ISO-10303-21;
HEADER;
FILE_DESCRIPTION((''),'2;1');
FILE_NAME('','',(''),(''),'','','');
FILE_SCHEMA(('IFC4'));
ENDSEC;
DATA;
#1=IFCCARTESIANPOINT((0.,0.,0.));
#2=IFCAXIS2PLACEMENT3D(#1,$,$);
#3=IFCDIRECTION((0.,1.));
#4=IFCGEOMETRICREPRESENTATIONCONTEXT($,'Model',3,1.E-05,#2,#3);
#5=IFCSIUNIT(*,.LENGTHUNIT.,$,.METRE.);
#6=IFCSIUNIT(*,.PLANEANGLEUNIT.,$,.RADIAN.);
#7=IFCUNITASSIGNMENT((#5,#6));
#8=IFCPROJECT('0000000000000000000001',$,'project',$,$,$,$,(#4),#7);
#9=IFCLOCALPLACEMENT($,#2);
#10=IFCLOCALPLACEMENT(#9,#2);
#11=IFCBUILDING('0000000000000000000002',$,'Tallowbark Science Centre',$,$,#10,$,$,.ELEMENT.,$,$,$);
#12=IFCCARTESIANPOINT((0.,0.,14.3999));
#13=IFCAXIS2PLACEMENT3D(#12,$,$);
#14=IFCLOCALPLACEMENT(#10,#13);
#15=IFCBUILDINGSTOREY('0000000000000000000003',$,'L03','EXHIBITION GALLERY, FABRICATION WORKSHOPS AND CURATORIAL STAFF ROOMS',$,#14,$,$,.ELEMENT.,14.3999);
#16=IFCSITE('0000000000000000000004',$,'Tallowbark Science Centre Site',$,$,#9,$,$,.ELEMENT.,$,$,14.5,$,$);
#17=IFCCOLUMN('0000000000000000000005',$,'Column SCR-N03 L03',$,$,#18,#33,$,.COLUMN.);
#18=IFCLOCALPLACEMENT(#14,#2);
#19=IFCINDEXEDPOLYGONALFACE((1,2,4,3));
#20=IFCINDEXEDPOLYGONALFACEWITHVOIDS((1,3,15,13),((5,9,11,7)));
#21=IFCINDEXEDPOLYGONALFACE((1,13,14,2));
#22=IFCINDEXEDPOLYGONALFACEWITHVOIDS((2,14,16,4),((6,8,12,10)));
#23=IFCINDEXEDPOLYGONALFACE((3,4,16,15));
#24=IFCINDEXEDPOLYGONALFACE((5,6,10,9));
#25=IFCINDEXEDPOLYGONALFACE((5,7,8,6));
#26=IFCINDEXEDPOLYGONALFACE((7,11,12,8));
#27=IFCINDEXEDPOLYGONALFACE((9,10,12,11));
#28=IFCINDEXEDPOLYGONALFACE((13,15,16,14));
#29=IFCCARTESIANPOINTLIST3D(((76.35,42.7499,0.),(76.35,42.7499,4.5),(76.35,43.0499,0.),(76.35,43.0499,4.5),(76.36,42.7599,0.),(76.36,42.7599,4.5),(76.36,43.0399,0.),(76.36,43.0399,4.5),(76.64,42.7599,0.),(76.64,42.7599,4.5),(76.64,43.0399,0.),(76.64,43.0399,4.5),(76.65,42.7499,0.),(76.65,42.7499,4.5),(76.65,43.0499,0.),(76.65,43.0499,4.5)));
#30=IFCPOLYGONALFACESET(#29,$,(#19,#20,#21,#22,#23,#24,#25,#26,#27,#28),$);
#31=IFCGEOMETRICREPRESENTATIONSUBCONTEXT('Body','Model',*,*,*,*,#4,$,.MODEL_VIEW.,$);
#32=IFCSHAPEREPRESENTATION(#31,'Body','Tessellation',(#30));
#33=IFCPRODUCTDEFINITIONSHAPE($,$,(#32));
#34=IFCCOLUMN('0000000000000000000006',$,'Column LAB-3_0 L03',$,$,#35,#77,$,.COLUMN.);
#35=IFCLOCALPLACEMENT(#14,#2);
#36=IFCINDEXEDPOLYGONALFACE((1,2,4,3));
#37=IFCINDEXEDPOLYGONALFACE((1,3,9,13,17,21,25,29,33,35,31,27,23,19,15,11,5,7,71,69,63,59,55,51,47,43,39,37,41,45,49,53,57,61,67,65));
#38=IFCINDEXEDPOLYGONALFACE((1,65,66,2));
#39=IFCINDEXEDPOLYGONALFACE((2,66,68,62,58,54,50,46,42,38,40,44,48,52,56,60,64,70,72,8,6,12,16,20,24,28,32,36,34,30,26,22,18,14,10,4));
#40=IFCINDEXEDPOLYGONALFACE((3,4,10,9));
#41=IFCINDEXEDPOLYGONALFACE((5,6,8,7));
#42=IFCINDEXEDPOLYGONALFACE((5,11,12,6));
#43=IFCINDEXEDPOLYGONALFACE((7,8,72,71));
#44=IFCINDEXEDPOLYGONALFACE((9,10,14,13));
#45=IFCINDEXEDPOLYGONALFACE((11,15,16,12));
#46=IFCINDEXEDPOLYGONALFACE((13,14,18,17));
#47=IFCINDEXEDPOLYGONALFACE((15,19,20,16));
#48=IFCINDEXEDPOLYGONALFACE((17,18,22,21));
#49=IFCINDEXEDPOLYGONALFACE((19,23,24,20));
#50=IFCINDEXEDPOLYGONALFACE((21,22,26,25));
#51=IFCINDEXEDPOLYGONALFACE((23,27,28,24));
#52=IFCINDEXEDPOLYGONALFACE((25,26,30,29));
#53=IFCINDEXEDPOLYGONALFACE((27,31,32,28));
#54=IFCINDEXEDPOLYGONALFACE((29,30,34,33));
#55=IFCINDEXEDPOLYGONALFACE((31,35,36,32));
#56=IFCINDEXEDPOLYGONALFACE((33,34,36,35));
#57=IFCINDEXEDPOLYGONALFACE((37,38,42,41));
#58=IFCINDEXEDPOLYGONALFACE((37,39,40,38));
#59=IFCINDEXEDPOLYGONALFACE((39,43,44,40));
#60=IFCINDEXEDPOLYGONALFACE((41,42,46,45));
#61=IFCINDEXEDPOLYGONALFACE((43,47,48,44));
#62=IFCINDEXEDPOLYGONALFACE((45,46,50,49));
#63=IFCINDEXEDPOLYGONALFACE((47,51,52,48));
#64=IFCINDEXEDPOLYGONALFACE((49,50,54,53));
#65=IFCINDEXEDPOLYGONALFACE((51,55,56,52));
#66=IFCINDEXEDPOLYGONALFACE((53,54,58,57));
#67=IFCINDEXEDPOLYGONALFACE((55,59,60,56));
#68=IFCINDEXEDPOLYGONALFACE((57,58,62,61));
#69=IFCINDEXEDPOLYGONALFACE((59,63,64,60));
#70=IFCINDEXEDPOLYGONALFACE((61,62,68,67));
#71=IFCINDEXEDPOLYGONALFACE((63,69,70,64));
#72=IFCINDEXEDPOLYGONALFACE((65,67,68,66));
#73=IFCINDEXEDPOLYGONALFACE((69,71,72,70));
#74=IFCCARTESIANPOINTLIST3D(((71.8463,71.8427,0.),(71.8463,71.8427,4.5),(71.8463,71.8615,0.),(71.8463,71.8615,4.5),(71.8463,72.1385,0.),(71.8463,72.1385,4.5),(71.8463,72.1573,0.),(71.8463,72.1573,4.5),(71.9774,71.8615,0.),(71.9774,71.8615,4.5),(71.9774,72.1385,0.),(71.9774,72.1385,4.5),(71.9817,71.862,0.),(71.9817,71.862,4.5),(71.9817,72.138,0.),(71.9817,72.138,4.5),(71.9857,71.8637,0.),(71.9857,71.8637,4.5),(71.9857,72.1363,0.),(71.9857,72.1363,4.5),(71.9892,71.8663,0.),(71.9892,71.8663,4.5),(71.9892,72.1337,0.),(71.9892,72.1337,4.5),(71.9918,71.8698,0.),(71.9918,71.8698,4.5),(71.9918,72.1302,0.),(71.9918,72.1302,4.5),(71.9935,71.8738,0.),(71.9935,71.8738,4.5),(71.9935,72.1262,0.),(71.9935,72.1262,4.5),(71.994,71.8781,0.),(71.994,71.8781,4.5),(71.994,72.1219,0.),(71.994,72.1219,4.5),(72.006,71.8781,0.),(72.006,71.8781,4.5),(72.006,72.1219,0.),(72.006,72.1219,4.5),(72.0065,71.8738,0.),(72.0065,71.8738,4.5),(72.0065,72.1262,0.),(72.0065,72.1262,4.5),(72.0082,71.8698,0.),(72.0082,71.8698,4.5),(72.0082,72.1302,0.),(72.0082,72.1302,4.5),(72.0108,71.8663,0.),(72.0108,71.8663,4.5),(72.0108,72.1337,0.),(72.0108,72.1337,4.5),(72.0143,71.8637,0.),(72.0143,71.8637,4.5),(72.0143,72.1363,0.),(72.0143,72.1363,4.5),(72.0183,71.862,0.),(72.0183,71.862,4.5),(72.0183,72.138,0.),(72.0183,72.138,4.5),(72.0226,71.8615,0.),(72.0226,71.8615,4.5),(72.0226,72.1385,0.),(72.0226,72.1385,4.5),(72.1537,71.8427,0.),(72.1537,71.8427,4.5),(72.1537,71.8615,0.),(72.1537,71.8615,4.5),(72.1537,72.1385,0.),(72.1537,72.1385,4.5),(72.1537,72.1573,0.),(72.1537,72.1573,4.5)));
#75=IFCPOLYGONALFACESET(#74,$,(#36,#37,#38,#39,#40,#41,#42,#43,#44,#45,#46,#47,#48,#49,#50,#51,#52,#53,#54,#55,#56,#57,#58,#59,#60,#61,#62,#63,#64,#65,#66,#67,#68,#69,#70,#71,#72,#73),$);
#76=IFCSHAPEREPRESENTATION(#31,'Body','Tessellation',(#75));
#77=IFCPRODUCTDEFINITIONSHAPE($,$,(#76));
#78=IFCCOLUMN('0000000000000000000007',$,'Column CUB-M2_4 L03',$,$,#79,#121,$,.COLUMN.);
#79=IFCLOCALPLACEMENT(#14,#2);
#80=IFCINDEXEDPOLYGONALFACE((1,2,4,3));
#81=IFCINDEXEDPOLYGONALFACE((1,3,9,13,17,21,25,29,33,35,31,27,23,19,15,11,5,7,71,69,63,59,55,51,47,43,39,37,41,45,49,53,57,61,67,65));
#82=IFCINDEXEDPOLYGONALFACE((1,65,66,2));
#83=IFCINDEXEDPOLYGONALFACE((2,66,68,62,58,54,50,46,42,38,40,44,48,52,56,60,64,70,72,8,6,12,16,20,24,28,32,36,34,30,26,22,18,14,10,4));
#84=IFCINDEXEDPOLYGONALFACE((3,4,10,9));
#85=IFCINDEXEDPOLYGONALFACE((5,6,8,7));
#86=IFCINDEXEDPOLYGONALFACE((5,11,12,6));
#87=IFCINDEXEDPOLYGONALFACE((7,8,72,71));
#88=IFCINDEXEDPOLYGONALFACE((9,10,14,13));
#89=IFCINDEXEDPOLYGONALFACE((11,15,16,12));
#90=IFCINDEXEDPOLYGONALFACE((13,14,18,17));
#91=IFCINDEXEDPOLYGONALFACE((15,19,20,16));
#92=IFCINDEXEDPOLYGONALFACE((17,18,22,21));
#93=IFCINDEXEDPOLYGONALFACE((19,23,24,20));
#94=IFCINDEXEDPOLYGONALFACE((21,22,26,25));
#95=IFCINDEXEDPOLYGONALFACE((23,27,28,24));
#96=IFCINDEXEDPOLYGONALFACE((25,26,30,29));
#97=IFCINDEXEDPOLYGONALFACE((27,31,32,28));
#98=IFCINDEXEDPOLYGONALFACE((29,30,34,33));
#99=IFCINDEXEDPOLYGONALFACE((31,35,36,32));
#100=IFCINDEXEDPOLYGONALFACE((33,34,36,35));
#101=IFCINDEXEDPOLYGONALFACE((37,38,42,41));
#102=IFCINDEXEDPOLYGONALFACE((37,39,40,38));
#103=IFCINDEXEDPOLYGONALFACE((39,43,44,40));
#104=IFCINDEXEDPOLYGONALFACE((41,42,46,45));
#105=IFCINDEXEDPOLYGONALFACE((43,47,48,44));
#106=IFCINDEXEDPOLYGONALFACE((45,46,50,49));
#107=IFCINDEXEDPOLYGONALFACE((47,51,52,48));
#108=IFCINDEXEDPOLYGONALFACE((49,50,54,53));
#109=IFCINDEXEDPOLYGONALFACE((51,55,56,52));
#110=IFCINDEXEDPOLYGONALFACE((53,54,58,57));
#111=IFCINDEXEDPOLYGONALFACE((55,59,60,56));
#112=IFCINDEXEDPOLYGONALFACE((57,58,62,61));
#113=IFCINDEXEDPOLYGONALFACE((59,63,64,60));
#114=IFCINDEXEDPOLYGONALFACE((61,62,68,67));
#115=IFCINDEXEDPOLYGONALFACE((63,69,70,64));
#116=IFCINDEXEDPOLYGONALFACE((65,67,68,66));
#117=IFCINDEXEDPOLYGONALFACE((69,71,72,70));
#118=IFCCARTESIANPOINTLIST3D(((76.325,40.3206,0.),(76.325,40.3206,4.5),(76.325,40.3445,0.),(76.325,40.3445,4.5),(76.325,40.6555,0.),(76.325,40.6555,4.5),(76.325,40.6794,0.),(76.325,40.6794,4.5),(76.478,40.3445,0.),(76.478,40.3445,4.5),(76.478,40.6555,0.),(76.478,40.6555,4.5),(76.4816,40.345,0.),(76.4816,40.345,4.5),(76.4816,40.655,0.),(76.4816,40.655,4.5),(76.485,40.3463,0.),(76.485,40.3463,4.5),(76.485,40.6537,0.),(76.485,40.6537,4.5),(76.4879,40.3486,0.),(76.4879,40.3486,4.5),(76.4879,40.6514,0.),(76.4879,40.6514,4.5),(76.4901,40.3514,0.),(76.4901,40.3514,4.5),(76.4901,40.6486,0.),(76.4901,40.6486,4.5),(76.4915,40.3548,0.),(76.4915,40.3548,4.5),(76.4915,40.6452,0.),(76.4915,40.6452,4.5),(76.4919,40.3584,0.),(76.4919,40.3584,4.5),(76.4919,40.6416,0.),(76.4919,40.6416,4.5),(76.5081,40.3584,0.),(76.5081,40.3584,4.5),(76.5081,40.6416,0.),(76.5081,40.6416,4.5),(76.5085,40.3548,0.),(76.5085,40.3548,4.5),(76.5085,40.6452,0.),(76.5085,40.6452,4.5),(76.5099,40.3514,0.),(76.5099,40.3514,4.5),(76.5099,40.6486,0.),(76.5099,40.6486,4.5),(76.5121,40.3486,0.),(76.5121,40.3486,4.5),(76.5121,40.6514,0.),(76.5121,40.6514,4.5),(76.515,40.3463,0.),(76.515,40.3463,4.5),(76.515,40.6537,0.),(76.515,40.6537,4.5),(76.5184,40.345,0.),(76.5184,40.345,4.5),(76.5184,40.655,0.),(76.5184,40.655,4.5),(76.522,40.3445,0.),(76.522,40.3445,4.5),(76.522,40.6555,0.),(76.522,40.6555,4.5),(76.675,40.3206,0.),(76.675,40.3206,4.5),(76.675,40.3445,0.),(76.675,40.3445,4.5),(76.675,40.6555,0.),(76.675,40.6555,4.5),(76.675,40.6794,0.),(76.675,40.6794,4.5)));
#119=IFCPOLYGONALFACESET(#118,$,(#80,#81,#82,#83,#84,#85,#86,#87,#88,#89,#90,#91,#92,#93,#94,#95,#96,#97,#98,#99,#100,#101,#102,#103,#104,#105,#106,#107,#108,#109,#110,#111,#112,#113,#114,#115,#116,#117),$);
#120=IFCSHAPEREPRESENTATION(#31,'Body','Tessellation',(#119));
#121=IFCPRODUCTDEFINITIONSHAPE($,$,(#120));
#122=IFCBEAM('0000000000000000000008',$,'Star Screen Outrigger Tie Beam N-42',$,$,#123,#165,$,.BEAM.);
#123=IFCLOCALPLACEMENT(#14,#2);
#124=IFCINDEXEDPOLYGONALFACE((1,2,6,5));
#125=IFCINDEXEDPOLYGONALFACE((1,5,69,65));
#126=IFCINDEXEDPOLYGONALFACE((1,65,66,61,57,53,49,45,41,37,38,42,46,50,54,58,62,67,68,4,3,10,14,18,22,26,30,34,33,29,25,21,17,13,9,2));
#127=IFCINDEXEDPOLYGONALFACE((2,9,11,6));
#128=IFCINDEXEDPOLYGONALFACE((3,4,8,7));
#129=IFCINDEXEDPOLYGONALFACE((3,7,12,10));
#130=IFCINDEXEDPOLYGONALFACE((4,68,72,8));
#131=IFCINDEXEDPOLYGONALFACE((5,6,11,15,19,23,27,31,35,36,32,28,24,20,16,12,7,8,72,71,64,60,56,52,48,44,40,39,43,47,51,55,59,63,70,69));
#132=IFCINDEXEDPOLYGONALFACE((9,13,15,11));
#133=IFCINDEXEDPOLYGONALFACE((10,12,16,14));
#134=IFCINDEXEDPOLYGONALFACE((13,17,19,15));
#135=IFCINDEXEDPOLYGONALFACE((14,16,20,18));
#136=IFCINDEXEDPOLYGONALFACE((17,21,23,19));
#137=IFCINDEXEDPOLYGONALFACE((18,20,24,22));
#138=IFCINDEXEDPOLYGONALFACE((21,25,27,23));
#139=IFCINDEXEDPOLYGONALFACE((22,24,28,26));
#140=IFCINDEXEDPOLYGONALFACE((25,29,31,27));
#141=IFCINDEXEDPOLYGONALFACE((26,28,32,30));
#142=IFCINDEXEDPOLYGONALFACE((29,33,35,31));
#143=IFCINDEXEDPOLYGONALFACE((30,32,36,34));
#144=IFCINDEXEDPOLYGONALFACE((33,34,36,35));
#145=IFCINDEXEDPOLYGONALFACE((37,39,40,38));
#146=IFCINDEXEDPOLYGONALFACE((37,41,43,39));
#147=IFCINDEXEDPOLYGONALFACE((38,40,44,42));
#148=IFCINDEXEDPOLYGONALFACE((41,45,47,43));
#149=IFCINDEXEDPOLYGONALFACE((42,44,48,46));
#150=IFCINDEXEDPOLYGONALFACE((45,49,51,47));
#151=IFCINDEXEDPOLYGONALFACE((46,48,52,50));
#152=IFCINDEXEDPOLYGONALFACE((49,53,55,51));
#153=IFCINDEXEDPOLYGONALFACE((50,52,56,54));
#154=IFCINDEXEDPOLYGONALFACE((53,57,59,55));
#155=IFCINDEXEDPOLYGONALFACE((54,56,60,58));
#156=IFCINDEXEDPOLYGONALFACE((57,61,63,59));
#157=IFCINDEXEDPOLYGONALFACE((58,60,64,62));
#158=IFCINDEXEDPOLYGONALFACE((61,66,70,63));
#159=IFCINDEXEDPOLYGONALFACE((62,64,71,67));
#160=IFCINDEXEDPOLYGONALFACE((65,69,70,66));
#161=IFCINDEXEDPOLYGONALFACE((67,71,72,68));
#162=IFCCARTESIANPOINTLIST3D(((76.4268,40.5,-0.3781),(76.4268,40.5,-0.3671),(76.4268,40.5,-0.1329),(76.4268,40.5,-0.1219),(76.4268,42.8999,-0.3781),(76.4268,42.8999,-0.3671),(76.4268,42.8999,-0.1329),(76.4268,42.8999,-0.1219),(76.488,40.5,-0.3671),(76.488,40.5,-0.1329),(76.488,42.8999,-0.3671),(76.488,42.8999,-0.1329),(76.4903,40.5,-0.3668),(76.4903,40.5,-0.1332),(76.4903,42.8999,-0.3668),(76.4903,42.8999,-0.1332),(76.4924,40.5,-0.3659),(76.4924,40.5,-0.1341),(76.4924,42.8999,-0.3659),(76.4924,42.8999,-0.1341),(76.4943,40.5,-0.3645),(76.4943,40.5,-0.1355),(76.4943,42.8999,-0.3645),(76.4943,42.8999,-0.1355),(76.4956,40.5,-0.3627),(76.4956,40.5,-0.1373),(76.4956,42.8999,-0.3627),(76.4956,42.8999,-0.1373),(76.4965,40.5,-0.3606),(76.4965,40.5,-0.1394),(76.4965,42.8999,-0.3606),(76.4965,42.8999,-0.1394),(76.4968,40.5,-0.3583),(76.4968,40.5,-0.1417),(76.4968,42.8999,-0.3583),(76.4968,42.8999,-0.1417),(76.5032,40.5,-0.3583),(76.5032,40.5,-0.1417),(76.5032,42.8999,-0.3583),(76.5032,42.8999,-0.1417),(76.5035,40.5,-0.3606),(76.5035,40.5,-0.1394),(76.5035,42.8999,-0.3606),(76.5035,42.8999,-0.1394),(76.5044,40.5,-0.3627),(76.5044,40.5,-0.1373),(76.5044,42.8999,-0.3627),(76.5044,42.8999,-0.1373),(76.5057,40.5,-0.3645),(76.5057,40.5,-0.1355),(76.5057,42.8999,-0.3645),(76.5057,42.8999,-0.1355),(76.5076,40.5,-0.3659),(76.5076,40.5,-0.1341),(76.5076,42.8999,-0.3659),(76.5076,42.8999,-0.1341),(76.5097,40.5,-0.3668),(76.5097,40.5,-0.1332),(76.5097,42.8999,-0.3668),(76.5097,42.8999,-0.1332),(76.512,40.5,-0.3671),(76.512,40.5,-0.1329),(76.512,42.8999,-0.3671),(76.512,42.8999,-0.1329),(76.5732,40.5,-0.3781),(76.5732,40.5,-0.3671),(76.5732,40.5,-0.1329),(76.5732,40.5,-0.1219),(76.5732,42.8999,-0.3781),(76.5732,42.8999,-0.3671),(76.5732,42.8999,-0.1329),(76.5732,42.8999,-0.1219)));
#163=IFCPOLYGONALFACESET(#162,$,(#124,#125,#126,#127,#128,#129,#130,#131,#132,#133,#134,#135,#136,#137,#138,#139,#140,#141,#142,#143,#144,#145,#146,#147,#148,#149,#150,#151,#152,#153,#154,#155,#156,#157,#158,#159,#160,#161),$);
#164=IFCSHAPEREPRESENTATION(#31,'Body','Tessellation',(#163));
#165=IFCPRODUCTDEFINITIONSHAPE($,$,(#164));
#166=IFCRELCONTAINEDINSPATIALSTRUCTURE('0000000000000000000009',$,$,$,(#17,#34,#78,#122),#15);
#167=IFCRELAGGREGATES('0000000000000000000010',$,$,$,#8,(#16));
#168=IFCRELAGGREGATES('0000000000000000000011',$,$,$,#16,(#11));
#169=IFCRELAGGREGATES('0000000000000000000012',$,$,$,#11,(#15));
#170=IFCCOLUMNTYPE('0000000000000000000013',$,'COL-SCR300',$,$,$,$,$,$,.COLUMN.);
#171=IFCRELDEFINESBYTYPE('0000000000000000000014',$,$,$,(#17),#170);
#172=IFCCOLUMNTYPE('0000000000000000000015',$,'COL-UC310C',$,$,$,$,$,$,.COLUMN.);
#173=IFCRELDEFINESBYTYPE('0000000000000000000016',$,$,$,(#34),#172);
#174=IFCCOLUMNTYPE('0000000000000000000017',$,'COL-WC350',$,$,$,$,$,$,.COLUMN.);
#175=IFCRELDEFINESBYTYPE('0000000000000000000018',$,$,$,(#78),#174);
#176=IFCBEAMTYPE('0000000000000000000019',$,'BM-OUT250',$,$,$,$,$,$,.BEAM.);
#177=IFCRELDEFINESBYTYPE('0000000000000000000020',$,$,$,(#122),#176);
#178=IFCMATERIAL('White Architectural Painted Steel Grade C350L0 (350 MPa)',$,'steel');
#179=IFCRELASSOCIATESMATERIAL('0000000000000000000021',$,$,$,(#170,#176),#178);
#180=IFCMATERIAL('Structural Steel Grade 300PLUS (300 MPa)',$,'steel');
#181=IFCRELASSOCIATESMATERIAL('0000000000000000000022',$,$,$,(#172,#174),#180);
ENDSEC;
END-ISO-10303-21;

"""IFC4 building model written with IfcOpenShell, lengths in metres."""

from ifc_helpers import new_model, si_unit, direction, frame, origin, origin_2d, place, context, subcontext, project, spatial, hollow_rectangle, i_section, extrude, material, material_profile, profile_set, type_object, element, save


model = new_model("IFC4")

# Units and contexts
model_context = context("Model", 3, precision=1e-05, world=origin(), true_north=direction((0.0, 1.0)))
body_context = subcontext(model_context, "Body", "Model", "MODEL_VIEW")
ifc_project = project(units=[si_unit("LENGTHUNIT", "METRE"), si_unit("PLANEANGLEUNIT", "RADIAN")], contexts=[model_context])

# Site, building, storey
site_placement = place(None, origin())
site = spatial("IfcSite", under=ifc_project, at=site_placement, Name="Tallowbark Science Centre Site", CompositionType="ELEMENT", RefElevation=14.5)
building_placement = place(site_placement, origin())
building = spatial("IfcBuilding", under=site, at=building_placement, Name="Tallowbark Science Centre", CompositionType="ELEMENT")
storey_placement = place(building_placement, frame((0.0, 0.0, 14.3999)))
storey = spatial("IfcBuildingStorey", under=building, at=storey_placement, Name="L03", Description="EXHIBITION GALLERY, FABRICATION WORKSHOPS AND CURATORIAL STAFF ROOMS", CompositionType="ELEMENT", Elevation=14.3999)

# Columns
ifc_material_1 = material(Name="White Architectural Painted Steel Grade C350L0 (350 MPa)", Category="steel")
ifc_material_profile_1 = material_profile(ifc_material_1, hollow_rectangle(XDim=0.3, YDim=0.3, WallThickness=0.01, at=origin_2d()), Name="300x300x10.0SHS")
ifc_profile_set_1 = profile_set([ifc_material_profile_1], Name="White Architectural Painted Steel Grade C350L0 (350 MPa)")
column_type_1 = type_object("IfcColumnType", Name="COL-SCR300", PredefinedType="COLUMN", material=ifc_profile_set_1)
column_1_placement = place(storey_placement, frame((76.5, 42.8999, 0.0), z_axis=(0.0, 0.0, 1.0), x_axis=(1.0, 0.0, 0.0)))
element("IfcColumn", 1, at=column_1_placement, inside=storey, type_object=column_type_1, Name="Column SCR-N03 L03", PredefinedType="COLUMN", context=body_context, shape_type="SweptSolid", body=[
    extrude(hollow_rectangle(XDim=0.3, YDim=0.3, WallThickness=0.01, at=origin_2d()), origin(), (0.0, 0.0, 1.0), 4.5),
])
ifc_material_2 = material(Name="Structural Steel Grade 300PLUS (300 MPa)", Category="steel")
ifc_material_profile_2 = material_profile(ifc_material_2, i_section(OverallWidth=0.3074, OverallDepth=0.3147, WebThickness=0.012, FlangeThickness=0.0188, FilletRadius=0.0166, at=origin_2d()), Name="310UC118")
ifc_profile_set_2 = profile_set([ifc_material_profile_2], Name="Structural Steel Grade 300PLUS (300 MPa)")
column_type_2 = type_object("IfcColumnType", Name="COL-UC310C", PredefinedType="COLUMN", material=ifc_profile_set_2)
column_2_placement = place(storey_placement, frame((72.0, 72.0, 0.0), z_axis=(0.0, 0.0, 1.0), x_axis=(1.0, 0.0, 0.0)))
element("IfcColumn", 2, at=column_2_placement, inside=storey, type_object=column_type_2, Name="Column LAB-3_0 L03", PredefinedType="COLUMN", context=body_context, shape_type="SweptSolid", body=[
    extrude(i_section(OverallWidth=0.3074, OverallDepth=0.3147, WebThickness=0.012, FlangeThickness=0.0188, FilletRadius=0.0166, at=origin_2d()), origin(), (0.0, 0.0, 1.0), 4.5),
])
ifc_material_profile_3 = material_profile(ifc_material_2, i_section(OverallWidth=0.3501, OverallDepth=0.3589, WebThickness=0.0161, FlangeThickness=0.0239, FilletRadius=0.0139, at=origin_2d()), Name="350WC197")
ifc_profile_set_3 = profile_set([ifc_material_profile_3], Name="Structural Steel Grade 300PLUS (300 MPa)")
column_type_3 = type_object("IfcColumnType", Name="COL-WC350", PredefinedType="COLUMN", material=ifc_profile_set_3)
column_3_placement = place(storey_placement, frame((76.5, 40.5, 0.0), z_axis=(0.0, 0.0, 1.0), x_axis=(1.0, 0.0, 0.0)))
element("IfcColumn", 3, at=column_3_placement, inside=storey, type_object=column_type_3, Name="Column CUB-M2_4 L03", PredefinedType="COLUMN", context=body_context, shape_type="SweptSolid", body=[
    extrude(i_section(OverallWidth=0.3501, OverallDepth=0.3589, WebThickness=0.0161, FlangeThickness=0.0239, FilletRadius=0.0139, at=origin_2d()), origin(), (0.0, 0.0, 1.0), 4.5),
])

# Beam
ifc_material_profile_4 = material_profile(ifc_material_1, i_section(OverallWidth=0.1465, OverallDepth=0.2561, WebThickness=0.0063, FlangeThickness=0.011, FilletRadius=0.0088, at=origin_2d()), Name="250UB37.3")
ifc_profile_set_4 = profile_set([ifc_material_profile_4], Name="White Architectural Painted Steel Grade C350L0 (350 MPa)")
beam_type_1 = type_object("IfcBeamType", Name="BM-OUT250", PredefinedType="BEAM", material=ifc_profile_set_4)
beam_1_placement = place(storey_placement, frame((76.5, 40.5, -0.25), z_axis=(0.0, 1.0, 0.0), x_axis=(-1.0, 0.0, 0.0)))
element("IfcBeam", 4, at=beam_1_placement, inside=storey, type_object=beam_type_1, Name="Star Screen Outrigger Tie Beam N-42", PredefinedType="BEAM", context=body_context, shape_type="SweptSolid", body=[
    extrude(i_section(OverallWidth=0.1465, OverallDepth=0.2561, WebThickness=0.0063, FlangeThickness=0.011, FilletRadius=0.0088, at=origin_2d()), origin(), (0.0, 0.0, 1.0), 2.3999),
])

save(model, "model.ifc")
